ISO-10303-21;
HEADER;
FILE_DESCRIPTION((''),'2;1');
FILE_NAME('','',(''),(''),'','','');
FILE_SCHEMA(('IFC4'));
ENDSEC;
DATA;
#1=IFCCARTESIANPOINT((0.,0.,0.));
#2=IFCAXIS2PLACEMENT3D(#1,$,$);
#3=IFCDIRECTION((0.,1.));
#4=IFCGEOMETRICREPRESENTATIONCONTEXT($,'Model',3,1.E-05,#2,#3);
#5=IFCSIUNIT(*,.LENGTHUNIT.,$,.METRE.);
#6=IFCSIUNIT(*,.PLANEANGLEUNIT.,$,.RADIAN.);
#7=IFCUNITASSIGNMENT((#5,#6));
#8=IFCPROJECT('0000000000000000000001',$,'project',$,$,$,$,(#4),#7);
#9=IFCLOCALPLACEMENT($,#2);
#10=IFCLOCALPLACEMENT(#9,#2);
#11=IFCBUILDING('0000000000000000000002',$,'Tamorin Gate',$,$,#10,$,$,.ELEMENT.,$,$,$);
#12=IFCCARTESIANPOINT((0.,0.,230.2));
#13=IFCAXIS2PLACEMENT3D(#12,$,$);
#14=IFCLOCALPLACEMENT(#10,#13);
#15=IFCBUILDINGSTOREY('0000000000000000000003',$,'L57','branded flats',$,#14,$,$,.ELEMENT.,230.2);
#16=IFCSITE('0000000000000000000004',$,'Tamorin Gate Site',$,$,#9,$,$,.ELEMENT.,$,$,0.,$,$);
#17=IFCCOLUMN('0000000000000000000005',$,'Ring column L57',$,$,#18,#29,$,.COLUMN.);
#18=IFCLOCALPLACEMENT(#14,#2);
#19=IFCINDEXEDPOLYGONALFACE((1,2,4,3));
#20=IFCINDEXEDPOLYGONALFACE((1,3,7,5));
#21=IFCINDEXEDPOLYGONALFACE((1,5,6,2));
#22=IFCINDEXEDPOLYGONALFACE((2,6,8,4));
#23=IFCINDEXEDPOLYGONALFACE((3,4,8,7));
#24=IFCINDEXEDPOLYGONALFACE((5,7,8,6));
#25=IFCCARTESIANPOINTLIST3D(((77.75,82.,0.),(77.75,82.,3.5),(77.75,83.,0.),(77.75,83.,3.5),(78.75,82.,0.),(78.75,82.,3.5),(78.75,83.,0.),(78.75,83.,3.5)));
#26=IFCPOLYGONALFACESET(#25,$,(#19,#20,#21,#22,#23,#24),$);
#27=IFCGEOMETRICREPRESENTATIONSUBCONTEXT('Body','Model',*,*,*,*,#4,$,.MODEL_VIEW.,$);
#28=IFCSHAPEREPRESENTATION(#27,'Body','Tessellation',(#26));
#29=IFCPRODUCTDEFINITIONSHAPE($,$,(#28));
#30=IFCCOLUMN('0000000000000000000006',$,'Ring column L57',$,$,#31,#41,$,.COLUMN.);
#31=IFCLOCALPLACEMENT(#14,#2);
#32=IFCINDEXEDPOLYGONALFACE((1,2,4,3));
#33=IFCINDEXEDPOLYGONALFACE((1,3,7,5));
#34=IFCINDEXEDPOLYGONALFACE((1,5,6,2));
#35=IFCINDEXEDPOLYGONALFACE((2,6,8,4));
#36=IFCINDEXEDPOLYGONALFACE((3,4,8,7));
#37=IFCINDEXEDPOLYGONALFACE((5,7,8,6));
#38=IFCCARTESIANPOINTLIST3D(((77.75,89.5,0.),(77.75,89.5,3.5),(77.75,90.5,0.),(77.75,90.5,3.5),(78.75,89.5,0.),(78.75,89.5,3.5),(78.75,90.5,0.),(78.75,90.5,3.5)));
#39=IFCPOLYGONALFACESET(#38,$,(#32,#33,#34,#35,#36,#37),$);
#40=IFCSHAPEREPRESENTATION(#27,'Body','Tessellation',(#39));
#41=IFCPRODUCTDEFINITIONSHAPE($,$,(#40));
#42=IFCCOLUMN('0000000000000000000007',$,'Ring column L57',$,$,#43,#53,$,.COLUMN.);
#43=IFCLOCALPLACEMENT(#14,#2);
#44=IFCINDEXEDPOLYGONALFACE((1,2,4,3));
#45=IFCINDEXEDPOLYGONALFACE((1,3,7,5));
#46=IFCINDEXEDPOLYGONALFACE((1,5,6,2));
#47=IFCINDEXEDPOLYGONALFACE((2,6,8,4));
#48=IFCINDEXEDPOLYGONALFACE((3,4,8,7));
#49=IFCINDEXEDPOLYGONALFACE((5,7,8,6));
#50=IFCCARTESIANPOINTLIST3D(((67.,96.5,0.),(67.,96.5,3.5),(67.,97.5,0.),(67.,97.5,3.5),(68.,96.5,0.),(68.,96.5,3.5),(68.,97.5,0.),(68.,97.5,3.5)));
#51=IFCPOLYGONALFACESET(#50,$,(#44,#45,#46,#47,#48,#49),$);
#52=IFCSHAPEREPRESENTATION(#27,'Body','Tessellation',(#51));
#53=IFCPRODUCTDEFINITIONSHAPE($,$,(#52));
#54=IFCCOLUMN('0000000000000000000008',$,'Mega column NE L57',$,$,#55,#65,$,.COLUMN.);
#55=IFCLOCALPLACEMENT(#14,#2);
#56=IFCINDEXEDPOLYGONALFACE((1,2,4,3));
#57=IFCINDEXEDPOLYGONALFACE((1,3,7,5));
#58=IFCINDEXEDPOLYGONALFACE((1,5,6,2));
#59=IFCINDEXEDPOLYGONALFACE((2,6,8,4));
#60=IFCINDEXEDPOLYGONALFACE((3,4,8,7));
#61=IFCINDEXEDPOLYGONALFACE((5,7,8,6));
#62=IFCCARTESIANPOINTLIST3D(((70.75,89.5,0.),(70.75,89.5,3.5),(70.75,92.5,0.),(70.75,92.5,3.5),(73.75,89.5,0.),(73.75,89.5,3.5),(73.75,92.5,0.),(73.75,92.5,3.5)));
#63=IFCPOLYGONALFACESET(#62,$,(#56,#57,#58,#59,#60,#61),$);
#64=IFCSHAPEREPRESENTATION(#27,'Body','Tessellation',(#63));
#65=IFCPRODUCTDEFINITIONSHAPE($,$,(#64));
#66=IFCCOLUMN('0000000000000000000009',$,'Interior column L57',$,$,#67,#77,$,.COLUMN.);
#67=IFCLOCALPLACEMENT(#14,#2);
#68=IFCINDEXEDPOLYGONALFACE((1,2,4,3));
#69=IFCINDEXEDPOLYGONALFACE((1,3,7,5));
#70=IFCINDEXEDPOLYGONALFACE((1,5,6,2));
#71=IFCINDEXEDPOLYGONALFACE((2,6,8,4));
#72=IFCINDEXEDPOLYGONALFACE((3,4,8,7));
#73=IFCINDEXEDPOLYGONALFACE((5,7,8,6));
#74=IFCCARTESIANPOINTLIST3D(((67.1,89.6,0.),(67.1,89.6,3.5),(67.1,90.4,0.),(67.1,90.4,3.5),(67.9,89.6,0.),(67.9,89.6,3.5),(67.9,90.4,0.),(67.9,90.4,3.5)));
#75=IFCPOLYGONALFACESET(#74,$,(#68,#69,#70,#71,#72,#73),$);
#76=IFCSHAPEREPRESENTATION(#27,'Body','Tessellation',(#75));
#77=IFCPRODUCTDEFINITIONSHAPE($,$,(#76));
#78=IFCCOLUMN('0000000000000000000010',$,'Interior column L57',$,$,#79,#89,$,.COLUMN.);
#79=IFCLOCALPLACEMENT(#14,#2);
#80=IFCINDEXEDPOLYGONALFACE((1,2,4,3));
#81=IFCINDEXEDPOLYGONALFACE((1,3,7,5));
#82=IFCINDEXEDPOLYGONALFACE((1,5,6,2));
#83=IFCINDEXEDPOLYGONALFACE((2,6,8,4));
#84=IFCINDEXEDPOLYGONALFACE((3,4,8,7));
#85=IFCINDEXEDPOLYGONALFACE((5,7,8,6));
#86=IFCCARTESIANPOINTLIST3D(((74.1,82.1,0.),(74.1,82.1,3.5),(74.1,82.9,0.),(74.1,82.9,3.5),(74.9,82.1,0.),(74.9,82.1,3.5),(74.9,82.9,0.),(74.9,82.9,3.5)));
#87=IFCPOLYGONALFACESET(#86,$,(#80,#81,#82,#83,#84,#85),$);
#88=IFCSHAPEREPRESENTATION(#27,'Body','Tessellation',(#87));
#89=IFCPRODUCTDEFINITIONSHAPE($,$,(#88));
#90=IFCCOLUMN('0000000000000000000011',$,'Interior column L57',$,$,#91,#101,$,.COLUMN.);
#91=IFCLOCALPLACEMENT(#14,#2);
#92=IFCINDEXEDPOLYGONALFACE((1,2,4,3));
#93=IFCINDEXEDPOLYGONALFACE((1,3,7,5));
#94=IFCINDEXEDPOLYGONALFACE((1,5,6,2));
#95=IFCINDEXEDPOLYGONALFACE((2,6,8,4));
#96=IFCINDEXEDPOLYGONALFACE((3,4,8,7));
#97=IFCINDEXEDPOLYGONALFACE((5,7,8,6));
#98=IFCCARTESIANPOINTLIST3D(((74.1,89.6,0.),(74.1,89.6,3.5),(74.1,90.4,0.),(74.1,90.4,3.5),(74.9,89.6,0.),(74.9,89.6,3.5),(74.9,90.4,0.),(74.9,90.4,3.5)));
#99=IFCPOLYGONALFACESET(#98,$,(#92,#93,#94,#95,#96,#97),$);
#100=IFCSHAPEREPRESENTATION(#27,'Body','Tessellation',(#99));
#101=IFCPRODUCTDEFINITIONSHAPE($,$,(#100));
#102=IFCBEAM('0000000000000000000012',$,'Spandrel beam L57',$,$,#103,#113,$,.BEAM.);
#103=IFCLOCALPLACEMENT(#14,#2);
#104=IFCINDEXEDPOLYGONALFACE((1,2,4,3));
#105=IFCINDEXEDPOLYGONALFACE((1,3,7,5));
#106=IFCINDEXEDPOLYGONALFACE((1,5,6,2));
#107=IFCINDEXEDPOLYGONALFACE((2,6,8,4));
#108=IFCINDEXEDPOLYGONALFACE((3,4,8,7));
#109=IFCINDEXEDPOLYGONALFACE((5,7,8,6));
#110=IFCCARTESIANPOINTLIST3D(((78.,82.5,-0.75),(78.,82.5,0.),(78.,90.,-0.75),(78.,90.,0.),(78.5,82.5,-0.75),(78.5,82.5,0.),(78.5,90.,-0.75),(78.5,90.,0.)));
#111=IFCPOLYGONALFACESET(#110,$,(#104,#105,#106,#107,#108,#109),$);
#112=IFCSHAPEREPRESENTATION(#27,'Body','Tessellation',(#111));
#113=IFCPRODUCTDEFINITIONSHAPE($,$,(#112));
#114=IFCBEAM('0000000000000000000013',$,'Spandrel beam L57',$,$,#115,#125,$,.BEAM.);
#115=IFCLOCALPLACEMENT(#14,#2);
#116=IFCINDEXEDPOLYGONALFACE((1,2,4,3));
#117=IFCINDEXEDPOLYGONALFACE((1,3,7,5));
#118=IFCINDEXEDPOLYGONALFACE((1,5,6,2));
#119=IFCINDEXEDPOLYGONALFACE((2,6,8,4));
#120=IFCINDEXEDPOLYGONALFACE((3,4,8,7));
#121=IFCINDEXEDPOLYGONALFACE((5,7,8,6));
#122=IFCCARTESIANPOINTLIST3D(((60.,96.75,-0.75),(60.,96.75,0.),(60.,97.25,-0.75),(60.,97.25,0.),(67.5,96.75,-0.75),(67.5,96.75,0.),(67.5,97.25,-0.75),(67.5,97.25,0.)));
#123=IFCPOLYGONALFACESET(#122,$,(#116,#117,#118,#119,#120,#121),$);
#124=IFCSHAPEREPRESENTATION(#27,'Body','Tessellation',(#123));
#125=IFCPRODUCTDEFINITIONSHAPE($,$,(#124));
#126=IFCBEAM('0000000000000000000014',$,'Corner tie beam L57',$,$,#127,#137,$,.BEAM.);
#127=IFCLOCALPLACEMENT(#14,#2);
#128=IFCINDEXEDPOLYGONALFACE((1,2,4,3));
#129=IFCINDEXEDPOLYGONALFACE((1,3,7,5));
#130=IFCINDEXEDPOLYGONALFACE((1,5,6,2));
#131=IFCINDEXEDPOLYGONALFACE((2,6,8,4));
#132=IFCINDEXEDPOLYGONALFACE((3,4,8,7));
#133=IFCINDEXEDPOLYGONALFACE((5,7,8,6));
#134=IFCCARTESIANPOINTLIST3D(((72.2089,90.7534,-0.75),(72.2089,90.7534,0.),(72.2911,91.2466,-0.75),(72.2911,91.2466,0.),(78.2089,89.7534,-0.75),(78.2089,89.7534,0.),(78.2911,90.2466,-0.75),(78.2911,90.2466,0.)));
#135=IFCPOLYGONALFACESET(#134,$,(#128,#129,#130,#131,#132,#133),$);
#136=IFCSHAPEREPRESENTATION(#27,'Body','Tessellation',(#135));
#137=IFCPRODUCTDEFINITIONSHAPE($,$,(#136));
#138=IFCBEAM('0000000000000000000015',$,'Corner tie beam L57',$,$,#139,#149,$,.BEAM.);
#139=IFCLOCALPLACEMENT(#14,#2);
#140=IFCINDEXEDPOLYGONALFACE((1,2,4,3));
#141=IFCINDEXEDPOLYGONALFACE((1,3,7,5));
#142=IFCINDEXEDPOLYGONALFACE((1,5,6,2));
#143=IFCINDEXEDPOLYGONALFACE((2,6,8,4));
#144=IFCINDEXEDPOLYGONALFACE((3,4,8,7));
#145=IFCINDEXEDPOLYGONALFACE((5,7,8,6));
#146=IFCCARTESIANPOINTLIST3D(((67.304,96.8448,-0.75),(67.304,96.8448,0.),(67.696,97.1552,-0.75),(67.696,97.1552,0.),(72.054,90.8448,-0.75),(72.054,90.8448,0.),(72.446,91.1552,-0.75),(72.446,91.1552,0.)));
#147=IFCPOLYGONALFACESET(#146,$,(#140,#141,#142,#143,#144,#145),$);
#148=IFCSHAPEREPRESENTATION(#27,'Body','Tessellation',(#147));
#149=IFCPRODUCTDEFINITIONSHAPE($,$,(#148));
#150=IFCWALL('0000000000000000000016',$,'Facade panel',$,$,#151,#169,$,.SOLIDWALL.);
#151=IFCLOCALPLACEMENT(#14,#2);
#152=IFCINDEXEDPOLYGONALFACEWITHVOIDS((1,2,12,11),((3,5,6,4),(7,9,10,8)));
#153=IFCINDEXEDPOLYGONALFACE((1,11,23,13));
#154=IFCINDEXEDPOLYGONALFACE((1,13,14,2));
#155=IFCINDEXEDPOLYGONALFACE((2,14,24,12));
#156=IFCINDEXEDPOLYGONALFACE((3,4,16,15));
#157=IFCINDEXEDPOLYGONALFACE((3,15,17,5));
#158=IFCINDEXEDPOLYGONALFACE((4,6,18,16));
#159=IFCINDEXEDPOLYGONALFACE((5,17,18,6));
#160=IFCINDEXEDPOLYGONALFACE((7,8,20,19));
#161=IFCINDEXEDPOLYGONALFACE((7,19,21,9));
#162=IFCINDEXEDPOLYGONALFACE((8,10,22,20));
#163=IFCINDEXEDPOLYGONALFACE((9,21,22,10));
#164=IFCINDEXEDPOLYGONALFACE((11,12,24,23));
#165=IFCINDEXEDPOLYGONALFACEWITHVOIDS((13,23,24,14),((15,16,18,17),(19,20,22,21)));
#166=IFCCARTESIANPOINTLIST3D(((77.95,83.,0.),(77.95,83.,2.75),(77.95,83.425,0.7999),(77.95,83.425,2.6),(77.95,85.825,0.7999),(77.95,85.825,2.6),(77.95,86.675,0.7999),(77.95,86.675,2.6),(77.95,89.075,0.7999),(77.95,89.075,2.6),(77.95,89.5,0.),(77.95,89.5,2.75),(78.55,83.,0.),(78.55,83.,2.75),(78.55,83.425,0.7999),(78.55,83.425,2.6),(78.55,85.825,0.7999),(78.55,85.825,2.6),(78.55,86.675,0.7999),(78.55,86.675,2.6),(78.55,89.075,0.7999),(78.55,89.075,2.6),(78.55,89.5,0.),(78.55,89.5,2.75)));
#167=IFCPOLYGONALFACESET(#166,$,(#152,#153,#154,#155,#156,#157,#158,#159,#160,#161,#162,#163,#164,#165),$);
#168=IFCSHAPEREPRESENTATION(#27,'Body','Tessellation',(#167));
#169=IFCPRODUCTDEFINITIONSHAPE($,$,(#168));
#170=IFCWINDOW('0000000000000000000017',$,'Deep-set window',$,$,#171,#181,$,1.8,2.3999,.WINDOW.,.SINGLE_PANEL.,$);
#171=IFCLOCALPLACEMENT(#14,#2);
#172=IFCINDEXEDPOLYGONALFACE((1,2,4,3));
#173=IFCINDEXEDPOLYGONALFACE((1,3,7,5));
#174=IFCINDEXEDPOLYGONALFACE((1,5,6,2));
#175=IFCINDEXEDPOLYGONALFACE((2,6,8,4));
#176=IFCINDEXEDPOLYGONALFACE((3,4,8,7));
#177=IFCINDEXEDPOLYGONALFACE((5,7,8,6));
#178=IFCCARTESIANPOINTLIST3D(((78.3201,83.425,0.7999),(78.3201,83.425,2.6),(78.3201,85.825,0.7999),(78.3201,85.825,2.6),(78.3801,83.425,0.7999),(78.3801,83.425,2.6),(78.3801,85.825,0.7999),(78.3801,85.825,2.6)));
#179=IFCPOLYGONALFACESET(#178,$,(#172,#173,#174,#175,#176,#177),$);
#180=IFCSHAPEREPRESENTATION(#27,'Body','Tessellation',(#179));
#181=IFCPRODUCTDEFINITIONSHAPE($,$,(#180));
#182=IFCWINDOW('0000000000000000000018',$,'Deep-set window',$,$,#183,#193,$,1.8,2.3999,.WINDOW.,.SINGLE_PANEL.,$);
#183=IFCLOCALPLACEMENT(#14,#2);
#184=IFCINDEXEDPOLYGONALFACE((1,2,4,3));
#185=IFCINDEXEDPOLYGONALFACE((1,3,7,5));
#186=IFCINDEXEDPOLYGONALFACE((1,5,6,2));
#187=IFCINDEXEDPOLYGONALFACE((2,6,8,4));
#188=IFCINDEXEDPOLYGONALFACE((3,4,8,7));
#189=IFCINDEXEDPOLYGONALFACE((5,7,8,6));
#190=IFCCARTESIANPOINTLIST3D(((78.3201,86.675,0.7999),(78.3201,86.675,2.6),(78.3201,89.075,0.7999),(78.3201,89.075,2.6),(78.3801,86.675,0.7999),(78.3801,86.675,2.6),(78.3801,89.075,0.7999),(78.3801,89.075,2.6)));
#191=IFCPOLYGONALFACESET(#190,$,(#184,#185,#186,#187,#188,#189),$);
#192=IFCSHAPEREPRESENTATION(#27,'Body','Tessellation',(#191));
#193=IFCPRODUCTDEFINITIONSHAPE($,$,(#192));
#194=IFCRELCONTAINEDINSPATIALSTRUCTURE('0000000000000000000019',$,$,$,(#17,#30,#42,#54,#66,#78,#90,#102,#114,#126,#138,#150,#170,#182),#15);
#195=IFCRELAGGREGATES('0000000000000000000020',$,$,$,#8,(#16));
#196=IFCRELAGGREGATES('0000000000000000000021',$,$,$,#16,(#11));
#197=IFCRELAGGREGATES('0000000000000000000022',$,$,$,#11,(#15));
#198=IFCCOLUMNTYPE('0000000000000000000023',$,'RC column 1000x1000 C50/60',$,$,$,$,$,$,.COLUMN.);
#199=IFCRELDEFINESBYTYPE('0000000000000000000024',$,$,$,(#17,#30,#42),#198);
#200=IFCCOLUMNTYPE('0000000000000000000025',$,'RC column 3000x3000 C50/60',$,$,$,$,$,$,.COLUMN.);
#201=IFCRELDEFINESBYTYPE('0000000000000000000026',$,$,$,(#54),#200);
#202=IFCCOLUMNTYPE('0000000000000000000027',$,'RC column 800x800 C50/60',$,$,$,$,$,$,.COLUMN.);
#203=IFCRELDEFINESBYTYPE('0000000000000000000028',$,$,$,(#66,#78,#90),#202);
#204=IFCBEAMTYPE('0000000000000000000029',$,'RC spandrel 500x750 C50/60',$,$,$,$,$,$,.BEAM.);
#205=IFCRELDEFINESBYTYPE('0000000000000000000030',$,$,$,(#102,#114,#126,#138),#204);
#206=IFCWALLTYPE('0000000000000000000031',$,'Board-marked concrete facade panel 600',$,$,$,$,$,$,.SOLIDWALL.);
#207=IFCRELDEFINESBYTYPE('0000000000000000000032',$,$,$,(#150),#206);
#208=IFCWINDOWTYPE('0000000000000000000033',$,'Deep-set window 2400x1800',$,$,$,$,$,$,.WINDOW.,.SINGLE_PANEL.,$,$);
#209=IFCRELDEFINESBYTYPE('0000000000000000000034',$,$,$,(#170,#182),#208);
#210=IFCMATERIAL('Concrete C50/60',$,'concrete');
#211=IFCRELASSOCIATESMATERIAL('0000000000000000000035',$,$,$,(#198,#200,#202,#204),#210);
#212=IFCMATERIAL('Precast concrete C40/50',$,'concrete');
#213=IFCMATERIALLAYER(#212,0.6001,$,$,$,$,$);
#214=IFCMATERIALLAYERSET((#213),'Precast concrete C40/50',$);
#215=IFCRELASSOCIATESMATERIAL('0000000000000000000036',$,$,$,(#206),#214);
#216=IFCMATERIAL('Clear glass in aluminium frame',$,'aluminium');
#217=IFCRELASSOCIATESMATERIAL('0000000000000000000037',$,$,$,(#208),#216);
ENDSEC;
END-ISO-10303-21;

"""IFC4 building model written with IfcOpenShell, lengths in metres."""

from ifc_helpers import new_model, si_unit, direction, frame, frame_2d, origin, origin_2d, place, context, subcontext, project, spatial, rectangle, extrude, material, layer, layer_set, material_profile, profile_set, type_object, element, fill, save


model = new_model("IFC4")

# Units and contexts
model_context = context("Model", 3, precision=1e-05, world=origin(), true_north=direction((0.0, 1.0)))
body_context = subcontext(model_context, "Body", "Model", "MODEL_VIEW")
ifc_project = project(units=[si_unit("LENGTHUNIT", "METRE"), si_unit("PLANEANGLEUNIT", "RADIAN")], contexts=[model_context])

# Site, building, storey
site_placement = place(None, origin())
site = spatial("IfcSite", under=ifc_project, at=site_placement, Name="Tamorin Gate Site", CompositionType="ELEMENT", RefElevation=0.0)
building_placement = place(site_placement, origin())
building = spatial("IfcBuilding", under=site, at=building_placement, Name="Tamorin Gate", CompositionType="ELEMENT")
storey_placement = place(building_placement, frame((0.0, 0.0, 230.2)))
storey = spatial("IfcBuildingStorey", under=building, at=storey_placement, Name="L57", Description="branded flats", CompositionType="ELEMENT", Elevation=230.2)

# Columns
ifc_material_1 = material(Name="Concrete C50/60", Category="concrete")
ifc_material_profile_1 = material_profile(ifc_material_1, rectangle(XDim=1.0, YDim=1.0, at=origin_2d()), Name="RC 1000x1000")
ifc_profile_set_1 = profile_set([ifc_material_profile_1], Name="Concrete C50/60")
column_type_1 = type_object("IfcColumnType", Name="RC column 1000x1000 C50/60", PredefinedType="COLUMN", material=ifc_profile_set_1)
for number, where, z_axis, x_axis, name in (
    (1, (78.25, 82.5, 0.0), (0.0, 0.0, 1.0), (1.0, 0.0, 0.0), "Ring column L57"),
    (2, (78.25, 90.0, 0.0), (0.0, 0.0, 1.0), (1.0, 0.0, 0.0), "Ring column L57"),
    (3, (67.5, 97.0, 0.0), (0.0, 0.0, 1.0), (1.0, 0.0, 0.0), "Ring column L57"),
):
    element("IfcColumn", number, at=place(storey_placement, frame(where, z_axis=z_axis, x_axis=x_axis)), inside=storey, type_object=column_type_1, Name=name, PredefinedType="COLUMN", context=body_context, shape_type="SweptSolid", body=[
        extrude(rectangle(XDim=1.0, YDim=1.0, at=origin_2d()), origin(), (0.0, 0.0, 1.0), 3.5),
    ])
ifc_material_profile_2 = material_profile(ifc_material_1, rectangle(XDim=3.0, YDim=3.0, at=origin_2d()), Name="RC 3000x3000")
ifc_profile_set_2 = profile_set([ifc_material_profile_2], Name="Concrete C50/60")
column_type_2 = type_object("IfcColumnType", Name="RC column 3000x3000 C50/60", PredefinedType="COLUMN", material=ifc_profile_set_2)
column_placement = place(storey_placement, frame((72.25, 91.0, 0.0), z_axis=(0.0, 0.0, 1.0), x_axis=(1.0, 0.0, 0.0)))
element("IfcColumn", 4, at=column_placement, inside=storey, type_object=column_type_2, Name="Mega column NE L57", PredefinedType="COLUMN", context=body_context, shape_type="SweptSolid", body=[
    extrude(rectangle(XDim=3.0, YDim=3.0, at=origin_2d()), origin(), (0.0, 0.0, 1.0), 3.5),
])
ifc_material_profile_3 = material_profile(ifc_material_1, rectangle(XDim=0.8, YDim=0.8, at=origin_2d()), Name="RC 800x800")
ifc_profile_set_3 = profile_set([ifc_material_profile_3], Name="Concrete C50/60")
column_type_3 = type_object("IfcColumnType", Name="RC column 800x800 C50/60", PredefinedType="COLUMN", material=ifc_profile_set_3)
for number, where, z_axis, x_axis, name in (
    (5, (67.5, 90.0, 0.0), (0.0, 0.0, 1.0), (1.0, 0.0, 0.0), "Interior column L57"),
    (6, (74.5, 82.5, 0.0), (0.0, 0.0, 1.0), (1.0, 0.0, 0.0), "Interior column L57"),
    (7, (74.5, 90.0, 0.0), (0.0, 0.0, 1.0), (1.0, 0.0, 0.0), "Interior column L57"),
):
    element("IfcColumn", number, at=place(storey_placement, frame(where, z_axis=z_axis, x_axis=x_axis)), inside=storey, type_object=column_type_3, Name=name, PredefinedType="COLUMN", context=body_context, shape_type="SweptSolid", body=[
        extrude(rectangle(XDim=0.8, YDim=0.8, at=origin_2d()), origin(), (0.0, 0.0, 1.0), 3.5),
    ])

# Beams
ifc_material_profile_4 = material_profile(ifc_material_1, rectangle(XDim=0.5, YDim=0.75, at=origin_2d()), Name="RC 500x750")
ifc_profile_set_4 = profile_set([ifc_material_profile_4], Name="Concrete C50/60")
beam_type = type_object("IfcBeamType", Name="RC spandrel 500x750 C50/60", PredefinedType="BEAM", material=ifc_profile_set_4)
for number, where, z_axis, x_axis, name in (
    (8, (78.25, 82.5, -0.375), (0.0, 1.0, 0.0), (-1.0, 0.0, 0.0), "Spandrel beam L57"),
    (9, (67.5, 97.0, -0.375), (-1.0, 0.0, 0.0), (0.0, -1.0, 0.0), "Spandrel beam L57"),
):
    element("IfcBeam", number, at=place(storey_placement, frame(where, z_axis=z_axis, x_axis=x_axis)), inside=storey, type_object=beam_type, Name=name, PredefinedType="BEAM", context=body_context, shape_type="SweptSolid", body=[
        extrude(rectangle(XDim=0.5, YDim=0.75, at=origin_2d()), origin(), (0.0, 0.0, 1.0), 7.5),
    ])
beam_1_placement = place(storey_placement, frame((72.25, 91.0, -0.375), z_axis=(0.986394, -0.164399, 0.0), x_axis=(0.164399, 0.986394, 0.0)))
element("IfcBeam", 10, at=beam_1_placement, inside=storey, type_object=beam_type, Name="Corner tie beam L57", PredefinedType="BEAM", context=body_context, shape_type="SweptSolid", body=[
    extrude(rectangle(XDim=0.5, YDim=0.75, at=origin_2d()), origin(), (0.0, 0.0, 1.0), 6.0828),
])
beam_2_placement = place(storey_placement, frame((72.25, 91.0, -0.375), z_axis=(-0.620703, 0.784046, 0.0), x_axis=(-0.784046, -0.620703, 0.0)))
element("IfcBeam", 11, at=beam_2_placement, inside=storey, type_object=beam_type, Name="Corner tie beam L57", PredefinedType="BEAM", context=body_context, shape_type="SweptSolid", body=[
    extrude(rectangle(XDim=0.5, YDim=0.75, at=origin_2d()), origin(), (0.0, 0.0, 1.0), 7.6526),
])

# Wall, openings, windows
ifc_material_2 = material(Name="Precast concrete C40/50", Category="concrete")
ifc_layer = layer(ifc_material_2, 0.6001)
ifc_layer_set = layer_set([ifc_layer], Name="Precast concrete C40/50")
wall_type = type_object("IfcWallType", Name="Board-marked concrete facade panel 600", PredefinedType="SOLIDWALL", material=ifc_layer_set)
wall_1_placement = place(storey_placement, frame((78.25, 83.0, 0.0), z_axis=(0.0, 0.0, 1.0), x_axis=(0.0, 1.0, 0.0)))
wall_1 = element("IfcWall", 12, at=wall_1_placement, inside=storey, type_object=wall_type, Name="Facade panel", PredefinedType="SOLIDWALL", context=body_context, shape_type="SweptSolid", body=[
    extrude(rectangle(XDim=6.5, YDim=0.6001, at=frame_2d((3.25, 0.0))), origin(), (0.0, 0.0, 1.0), 2.75),
])
opening_1_placement = place(wall_1_placement, frame((0.425, 0.0, 0.8)))
opening_1 = element("IfcOpeningElement", 13, at=opening_1_placement, cuts=wall_1, PredefinedType="OPENING", context=body_context, shape_type="SweptSolid", body=[
    extrude(rectangle(XDim=2.3999, YDim=1.8, at=frame_2d((1.2, 0.8999))), frame((0.0, 0.3101, 0.0), z_axis=(0.0, -1.0, 0.0), x_axis=(1.0, 0.0, 0.0)), (0.0, 0.0, 1.0), 0.6201),
])
opening_2_placement = place(wall_1_placement, frame((3.675, 0.0, 0.8)))
opening_2 = element("IfcOpeningElement", 14, at=opening_2_placement, cuts=wall_1, PredefinedType="OPENING", context=body_context, shape_type="SweptSolid", body=[
    extrude(rectangle(XDim=2.3999, YDim=1.8, at=frame_2d((1.2, 0.8999))), frame((0.0, 0.3101, 0.0), z_axis=(0.0, -1.0, 0.0), x_axis=(1.0, 0.0, 0.0)), (0.0, 0.0, 1.0), 0.6201),
])
ifc_material_3 = material(Name="Clear glass in aluminium frame", Category="aluminium")
window_type = type_object("IfcWindowType", Name="Deep-set window 2400x1800", PartitioningType="SINGLE_PANEL", PredefinedType="WINDOW", material=ifc_material_3)
window_1_placement = place(opening_1_placement, origin())
window_1 = element("IfcWindow", 15, at=window_1_placement, inside=storey, type_object=window_type, Name="Deep-set window", OverallHeight=1.8, OverallWidth=2.3999, PartitioningType="SINGLE_PANEL", PredefinedType="WINDOW", context=body_context, shape_type="SweptSolid", body=[
    extrude(rectangle(XDim=2.3999, YDim=1.8, at=frame_2d((1.2, 0.8999))), frame((0.0, -0.0701, 0.0), z_axis=(0.0, -1.0, 0.0), x_axis=(1.0, 0.0, 0.0)), (0.0, 0.0, 1.0), 0.0601),
])
fill(opening_1, window_1)
window_2_placement = place(opening_2_placement, origin())
window_2 = element("IfcWindow", 16, at=window_2_placement, inside=storey, type_object=window_type, Name="Deep-set window", OverallHeight=1.8, OverallWidth=2.3999, PartitioningType="SINGLE_PANEL", PredefinedType="WINDOW", context=body_context, shape_type="SweptSolid", body=[
    extrude(rectangle(XDim=2.3999, YDim=1.8, at=frame_2d((1.2, 0.8999))), frame((0.0, -0.0701, 0.0), z_axis=(0.0, -1.0, 0.0), x_axis=(1.0, 0.0, 0.0)), (0.0, 0.0, 1.0), 0.0601),
])
fill(opening_2, window_2)

save(model, "model.ifc")
